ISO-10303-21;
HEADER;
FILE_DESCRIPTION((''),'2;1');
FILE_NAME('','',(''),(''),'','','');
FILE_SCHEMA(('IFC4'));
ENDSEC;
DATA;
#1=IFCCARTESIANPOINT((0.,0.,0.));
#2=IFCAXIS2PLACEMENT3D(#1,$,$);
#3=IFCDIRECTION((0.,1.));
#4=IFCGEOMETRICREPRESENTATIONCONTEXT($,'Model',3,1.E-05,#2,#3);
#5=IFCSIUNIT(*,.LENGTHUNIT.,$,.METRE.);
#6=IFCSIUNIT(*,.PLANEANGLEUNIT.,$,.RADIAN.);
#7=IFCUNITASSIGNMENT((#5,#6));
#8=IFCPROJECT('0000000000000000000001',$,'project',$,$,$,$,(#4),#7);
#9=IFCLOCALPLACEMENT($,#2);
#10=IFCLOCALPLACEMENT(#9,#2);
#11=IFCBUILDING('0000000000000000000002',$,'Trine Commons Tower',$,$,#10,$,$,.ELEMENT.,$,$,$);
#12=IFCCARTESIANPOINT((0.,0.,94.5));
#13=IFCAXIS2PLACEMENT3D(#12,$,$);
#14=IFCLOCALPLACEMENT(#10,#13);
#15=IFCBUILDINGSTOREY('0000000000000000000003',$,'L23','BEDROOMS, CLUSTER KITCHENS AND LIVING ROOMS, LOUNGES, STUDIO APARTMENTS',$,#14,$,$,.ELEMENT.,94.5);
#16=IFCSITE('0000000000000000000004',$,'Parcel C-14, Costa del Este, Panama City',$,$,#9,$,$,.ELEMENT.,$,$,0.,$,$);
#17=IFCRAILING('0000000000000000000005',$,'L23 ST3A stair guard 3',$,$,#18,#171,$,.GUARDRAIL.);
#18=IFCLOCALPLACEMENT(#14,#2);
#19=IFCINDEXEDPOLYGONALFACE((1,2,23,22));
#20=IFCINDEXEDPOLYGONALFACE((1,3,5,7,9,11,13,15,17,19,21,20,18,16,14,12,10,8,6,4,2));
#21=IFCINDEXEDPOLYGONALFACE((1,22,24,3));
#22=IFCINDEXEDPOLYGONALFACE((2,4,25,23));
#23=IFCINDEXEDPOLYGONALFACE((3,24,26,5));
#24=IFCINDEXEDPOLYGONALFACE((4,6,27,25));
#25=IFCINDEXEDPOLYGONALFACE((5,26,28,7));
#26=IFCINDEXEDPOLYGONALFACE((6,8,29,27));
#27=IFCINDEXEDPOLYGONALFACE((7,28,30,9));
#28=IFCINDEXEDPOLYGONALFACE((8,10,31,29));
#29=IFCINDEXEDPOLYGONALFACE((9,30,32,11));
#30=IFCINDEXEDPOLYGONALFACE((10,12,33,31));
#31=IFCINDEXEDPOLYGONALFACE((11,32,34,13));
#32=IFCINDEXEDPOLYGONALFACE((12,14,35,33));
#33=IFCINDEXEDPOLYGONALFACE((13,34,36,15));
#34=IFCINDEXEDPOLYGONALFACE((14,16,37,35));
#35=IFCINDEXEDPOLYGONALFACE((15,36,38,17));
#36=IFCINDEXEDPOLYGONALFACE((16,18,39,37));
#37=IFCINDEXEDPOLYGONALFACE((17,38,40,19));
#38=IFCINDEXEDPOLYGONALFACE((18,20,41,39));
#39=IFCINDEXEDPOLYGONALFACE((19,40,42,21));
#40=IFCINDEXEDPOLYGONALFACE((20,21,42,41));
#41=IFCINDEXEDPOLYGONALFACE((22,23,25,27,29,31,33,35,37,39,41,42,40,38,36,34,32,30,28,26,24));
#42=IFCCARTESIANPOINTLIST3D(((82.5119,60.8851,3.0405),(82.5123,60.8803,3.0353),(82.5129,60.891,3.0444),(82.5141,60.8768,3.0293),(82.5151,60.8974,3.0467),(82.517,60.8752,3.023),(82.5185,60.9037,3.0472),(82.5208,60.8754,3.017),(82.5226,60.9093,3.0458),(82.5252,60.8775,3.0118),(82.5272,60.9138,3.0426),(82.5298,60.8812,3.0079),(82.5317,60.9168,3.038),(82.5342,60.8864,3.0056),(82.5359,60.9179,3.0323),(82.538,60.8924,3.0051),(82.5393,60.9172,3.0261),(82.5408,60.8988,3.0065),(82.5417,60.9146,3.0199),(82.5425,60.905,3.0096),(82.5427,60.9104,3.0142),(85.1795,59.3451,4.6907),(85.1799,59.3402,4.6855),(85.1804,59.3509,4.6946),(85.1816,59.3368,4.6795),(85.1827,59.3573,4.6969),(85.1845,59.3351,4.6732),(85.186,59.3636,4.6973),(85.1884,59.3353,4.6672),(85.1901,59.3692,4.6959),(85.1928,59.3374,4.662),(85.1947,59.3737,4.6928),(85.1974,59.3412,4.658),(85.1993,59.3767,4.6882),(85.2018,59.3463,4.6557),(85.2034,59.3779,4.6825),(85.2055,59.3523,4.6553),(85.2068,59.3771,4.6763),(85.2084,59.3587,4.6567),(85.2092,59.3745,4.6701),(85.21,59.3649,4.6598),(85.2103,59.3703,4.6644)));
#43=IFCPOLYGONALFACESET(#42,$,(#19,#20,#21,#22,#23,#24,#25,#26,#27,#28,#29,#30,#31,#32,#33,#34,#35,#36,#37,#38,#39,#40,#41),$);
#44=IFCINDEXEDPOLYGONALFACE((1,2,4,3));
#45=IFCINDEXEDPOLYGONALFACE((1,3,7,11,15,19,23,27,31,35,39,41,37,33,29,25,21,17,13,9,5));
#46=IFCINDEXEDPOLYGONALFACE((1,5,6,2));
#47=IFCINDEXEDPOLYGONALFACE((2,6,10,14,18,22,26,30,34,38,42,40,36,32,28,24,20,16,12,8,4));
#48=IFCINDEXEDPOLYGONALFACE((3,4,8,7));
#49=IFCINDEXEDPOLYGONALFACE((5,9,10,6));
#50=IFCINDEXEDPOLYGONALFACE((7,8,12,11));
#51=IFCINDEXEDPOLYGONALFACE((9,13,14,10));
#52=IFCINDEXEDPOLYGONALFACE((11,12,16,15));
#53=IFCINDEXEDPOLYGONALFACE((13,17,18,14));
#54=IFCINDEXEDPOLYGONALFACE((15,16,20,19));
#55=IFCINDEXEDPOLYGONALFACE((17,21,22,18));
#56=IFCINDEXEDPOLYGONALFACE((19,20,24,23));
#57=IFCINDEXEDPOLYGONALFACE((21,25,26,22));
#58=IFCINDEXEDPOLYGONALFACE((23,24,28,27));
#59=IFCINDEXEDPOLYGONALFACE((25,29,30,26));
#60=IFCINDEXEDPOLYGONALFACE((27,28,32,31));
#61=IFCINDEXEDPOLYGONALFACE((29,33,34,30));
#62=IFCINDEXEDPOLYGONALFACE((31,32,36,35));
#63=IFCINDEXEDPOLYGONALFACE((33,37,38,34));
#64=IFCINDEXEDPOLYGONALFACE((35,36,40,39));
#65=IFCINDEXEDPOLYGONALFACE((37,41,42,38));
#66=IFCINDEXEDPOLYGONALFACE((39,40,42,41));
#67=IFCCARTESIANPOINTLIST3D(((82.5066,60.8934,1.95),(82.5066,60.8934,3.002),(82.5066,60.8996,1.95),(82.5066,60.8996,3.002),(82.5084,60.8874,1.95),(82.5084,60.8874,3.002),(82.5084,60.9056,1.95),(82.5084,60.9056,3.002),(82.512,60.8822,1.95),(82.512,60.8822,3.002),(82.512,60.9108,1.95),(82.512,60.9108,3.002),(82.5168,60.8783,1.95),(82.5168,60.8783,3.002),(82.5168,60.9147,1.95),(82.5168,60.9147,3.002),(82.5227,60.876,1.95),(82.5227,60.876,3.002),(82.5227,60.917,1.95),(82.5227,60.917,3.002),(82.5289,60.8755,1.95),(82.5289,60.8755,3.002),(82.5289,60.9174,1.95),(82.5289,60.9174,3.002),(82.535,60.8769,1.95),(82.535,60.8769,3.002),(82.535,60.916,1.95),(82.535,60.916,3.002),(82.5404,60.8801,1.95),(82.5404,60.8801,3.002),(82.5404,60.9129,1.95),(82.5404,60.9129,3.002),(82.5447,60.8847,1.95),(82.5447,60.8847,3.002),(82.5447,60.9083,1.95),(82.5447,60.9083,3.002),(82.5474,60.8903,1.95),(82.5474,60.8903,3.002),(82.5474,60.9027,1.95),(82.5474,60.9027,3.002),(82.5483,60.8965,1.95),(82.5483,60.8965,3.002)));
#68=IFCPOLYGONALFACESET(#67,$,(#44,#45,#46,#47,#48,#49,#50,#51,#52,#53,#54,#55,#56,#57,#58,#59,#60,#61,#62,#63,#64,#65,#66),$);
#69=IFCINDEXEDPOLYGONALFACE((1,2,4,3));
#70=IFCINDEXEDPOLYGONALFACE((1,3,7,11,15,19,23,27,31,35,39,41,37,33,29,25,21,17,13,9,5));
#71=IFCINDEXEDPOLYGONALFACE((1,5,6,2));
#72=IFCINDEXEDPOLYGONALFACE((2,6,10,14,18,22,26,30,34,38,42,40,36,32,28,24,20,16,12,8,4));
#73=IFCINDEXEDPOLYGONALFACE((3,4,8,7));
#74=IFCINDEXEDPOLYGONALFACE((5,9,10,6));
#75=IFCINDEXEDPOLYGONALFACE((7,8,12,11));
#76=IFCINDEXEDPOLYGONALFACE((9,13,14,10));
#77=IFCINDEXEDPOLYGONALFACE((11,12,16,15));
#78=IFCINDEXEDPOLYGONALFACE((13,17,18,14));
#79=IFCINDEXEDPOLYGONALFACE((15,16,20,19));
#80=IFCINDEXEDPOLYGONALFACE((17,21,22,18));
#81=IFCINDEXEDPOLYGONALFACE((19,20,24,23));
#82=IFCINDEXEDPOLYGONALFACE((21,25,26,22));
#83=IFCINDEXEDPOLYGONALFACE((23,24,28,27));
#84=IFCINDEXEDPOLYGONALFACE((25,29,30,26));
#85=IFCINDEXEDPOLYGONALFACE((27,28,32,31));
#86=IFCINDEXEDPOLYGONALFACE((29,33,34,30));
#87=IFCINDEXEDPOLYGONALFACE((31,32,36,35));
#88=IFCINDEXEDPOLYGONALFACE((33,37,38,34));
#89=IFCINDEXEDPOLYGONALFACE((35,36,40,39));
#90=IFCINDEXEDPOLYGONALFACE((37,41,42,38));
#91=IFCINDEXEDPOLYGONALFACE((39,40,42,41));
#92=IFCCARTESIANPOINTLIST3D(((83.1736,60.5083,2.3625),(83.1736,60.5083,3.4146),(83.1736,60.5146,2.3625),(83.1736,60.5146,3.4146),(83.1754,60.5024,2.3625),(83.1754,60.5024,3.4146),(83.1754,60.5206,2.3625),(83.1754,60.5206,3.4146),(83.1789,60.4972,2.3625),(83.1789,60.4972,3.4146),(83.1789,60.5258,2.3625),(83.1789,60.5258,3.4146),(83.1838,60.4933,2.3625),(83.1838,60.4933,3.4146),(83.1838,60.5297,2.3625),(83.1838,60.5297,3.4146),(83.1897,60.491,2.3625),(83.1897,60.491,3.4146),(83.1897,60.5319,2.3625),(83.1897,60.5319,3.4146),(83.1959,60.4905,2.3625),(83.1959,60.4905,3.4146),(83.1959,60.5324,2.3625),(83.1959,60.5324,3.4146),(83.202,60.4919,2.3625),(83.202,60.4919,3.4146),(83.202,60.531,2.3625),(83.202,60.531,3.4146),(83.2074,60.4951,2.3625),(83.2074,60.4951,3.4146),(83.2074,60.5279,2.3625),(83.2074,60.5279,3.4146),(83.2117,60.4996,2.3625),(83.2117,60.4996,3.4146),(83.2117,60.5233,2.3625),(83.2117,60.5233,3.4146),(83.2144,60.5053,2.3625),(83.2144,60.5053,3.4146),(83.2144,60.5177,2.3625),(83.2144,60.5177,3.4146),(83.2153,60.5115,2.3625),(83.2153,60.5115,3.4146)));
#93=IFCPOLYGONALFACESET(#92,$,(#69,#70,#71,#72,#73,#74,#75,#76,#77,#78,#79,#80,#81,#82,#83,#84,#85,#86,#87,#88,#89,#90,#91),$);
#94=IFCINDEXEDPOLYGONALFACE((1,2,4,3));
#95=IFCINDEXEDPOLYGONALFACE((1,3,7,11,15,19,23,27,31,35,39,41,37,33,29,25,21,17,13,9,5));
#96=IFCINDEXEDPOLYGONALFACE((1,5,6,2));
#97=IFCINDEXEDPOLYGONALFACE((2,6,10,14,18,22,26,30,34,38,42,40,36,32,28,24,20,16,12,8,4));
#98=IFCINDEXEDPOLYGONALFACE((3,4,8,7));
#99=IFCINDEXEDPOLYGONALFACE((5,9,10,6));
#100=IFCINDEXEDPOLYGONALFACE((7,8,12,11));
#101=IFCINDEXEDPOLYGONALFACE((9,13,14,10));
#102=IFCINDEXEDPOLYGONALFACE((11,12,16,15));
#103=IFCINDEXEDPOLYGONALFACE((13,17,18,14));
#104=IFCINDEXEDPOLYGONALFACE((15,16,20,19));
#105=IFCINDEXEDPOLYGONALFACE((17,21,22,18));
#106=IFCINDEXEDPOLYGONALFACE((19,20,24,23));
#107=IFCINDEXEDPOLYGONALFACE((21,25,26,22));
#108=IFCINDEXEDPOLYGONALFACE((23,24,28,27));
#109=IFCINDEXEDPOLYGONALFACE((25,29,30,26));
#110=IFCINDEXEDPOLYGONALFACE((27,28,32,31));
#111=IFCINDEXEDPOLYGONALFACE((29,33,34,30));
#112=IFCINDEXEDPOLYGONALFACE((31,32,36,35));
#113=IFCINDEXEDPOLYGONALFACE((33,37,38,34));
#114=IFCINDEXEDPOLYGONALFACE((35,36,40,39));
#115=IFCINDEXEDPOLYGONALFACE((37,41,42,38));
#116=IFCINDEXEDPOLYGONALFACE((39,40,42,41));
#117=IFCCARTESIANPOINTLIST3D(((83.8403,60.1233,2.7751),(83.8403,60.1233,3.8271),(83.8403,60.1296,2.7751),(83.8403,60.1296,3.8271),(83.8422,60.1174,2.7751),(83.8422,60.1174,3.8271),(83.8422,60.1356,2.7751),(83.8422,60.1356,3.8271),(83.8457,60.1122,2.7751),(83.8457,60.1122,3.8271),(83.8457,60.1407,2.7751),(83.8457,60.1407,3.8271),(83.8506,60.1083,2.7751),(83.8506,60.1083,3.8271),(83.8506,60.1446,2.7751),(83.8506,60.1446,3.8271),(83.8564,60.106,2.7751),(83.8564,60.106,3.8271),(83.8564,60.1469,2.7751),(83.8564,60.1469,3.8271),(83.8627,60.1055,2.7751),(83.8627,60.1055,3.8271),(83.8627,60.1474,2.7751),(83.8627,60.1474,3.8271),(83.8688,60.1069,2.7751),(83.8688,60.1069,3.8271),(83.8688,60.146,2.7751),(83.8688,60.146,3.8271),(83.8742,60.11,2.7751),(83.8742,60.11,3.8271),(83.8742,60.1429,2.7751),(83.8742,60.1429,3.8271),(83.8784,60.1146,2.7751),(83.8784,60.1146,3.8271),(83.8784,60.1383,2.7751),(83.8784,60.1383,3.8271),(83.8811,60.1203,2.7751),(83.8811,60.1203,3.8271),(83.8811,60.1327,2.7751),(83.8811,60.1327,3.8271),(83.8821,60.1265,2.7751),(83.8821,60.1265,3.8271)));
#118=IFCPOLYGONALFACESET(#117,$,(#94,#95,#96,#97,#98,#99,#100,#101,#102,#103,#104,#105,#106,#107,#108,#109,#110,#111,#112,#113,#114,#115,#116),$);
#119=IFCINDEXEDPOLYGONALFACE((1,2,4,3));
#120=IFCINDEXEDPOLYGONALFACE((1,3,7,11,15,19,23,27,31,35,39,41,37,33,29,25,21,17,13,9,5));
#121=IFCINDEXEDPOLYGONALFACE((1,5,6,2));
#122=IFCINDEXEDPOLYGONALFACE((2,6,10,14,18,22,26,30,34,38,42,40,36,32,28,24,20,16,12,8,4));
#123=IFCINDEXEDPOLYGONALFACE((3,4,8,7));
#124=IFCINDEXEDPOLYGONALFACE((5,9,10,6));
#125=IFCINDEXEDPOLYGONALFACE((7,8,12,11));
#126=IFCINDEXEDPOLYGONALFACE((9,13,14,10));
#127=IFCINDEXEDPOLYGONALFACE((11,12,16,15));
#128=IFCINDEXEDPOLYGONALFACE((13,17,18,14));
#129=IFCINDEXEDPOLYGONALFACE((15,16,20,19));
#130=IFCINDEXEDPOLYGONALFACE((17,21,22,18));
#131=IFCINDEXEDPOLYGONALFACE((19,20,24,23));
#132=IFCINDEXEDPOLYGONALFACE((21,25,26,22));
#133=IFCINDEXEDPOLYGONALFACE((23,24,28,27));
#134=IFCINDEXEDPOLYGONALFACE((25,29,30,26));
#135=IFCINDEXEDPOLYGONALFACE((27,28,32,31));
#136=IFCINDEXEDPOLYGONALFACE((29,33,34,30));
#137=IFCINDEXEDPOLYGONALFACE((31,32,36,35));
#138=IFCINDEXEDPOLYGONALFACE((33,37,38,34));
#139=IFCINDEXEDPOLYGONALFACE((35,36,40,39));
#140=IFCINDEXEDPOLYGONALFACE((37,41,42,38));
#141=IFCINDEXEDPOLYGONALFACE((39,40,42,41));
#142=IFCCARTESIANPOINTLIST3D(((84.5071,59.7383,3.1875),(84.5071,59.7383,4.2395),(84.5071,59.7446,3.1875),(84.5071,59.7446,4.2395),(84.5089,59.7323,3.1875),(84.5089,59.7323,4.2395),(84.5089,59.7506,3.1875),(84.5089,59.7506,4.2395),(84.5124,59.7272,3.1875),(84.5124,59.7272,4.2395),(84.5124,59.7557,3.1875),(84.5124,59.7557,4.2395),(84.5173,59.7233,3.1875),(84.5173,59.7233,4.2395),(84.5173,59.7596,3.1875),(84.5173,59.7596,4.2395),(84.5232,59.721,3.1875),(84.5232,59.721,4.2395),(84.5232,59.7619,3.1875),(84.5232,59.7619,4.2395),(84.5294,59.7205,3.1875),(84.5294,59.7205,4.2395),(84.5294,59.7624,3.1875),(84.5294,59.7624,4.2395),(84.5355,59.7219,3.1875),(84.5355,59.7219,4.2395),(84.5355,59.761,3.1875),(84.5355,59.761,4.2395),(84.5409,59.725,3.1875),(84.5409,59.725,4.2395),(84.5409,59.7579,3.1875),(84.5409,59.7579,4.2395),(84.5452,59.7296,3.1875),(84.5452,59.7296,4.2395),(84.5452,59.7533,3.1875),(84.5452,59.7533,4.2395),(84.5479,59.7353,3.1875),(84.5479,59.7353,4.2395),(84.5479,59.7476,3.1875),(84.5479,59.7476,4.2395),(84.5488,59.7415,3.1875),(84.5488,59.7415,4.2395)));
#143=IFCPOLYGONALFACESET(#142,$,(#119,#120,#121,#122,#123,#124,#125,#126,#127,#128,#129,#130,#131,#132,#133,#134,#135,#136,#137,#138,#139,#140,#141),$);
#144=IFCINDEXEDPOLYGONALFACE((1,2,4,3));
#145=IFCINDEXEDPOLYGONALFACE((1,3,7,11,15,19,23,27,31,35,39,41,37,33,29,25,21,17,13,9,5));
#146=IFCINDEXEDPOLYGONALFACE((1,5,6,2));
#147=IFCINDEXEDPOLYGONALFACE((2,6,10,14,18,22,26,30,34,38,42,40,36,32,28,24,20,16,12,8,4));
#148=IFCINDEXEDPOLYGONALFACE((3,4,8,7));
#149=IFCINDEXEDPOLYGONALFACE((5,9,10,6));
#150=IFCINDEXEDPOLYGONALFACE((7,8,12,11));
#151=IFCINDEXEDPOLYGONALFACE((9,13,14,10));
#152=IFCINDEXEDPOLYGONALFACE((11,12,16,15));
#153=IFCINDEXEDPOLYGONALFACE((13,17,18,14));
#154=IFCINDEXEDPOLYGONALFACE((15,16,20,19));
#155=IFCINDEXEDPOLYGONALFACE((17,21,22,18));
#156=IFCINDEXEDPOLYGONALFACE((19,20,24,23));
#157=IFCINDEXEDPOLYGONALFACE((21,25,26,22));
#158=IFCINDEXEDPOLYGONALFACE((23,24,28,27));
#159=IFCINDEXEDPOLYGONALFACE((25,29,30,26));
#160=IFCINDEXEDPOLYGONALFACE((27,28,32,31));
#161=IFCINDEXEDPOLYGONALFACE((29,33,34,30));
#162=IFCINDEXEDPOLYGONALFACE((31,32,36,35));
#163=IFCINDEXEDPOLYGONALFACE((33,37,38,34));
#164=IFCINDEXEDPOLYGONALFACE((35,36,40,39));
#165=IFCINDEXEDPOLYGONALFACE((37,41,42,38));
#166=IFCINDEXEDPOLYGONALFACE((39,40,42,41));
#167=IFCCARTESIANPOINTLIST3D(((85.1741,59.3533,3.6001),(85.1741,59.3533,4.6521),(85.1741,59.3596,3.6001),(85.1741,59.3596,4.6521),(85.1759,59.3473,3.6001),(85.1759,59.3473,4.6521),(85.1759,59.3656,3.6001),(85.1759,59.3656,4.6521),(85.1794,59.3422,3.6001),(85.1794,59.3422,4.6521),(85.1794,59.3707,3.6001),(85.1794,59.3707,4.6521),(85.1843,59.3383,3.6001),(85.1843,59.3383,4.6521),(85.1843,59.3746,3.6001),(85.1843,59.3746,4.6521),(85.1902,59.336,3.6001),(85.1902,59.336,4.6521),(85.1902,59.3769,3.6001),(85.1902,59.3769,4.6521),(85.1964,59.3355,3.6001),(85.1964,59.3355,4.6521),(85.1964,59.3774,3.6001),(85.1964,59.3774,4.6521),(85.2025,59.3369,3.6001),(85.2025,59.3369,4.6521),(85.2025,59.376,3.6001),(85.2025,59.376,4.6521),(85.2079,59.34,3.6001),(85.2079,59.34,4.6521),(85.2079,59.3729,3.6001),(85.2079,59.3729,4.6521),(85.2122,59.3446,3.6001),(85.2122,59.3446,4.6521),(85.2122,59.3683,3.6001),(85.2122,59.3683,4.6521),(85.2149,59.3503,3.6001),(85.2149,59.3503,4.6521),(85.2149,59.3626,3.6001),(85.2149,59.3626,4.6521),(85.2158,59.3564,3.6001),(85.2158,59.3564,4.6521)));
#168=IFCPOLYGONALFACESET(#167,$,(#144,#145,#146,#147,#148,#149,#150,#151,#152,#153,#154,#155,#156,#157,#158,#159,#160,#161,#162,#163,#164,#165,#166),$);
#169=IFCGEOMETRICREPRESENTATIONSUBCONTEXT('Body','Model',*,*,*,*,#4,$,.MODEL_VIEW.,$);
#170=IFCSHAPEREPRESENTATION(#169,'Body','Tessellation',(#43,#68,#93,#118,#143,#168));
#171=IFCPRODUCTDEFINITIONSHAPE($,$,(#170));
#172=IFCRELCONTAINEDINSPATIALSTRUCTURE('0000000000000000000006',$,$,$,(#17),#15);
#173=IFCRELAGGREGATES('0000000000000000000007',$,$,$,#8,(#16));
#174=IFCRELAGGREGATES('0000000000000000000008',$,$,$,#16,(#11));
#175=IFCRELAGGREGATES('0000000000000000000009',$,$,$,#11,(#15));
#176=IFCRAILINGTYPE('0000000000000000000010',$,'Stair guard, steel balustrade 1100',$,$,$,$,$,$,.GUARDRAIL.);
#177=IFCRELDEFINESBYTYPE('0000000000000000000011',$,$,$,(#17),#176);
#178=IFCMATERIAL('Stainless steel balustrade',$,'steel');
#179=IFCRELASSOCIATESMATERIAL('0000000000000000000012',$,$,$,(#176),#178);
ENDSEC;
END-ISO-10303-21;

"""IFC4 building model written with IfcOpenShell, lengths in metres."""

from ifc_helpers import new_model, si_unit, direction, frame, origin, origin_2d, place, context, subcontext, project, spatial, circle, extrude, material, type_object, element, save


model = new_model("IFC4")

# Units and contexts
model_context = context("Model", 3, precision=1e-05, world=origin(), true_north=direction((0.0, 1.0)))
body_context = subcontext(model_context, "Body", "Model", "MODEL_VIEW")
ifc_project = project(units=[si_unit("LENGTHUNIT", "METRE"), si_unit("PLANEANGLEUNIT", "RADIAN")], contexts=[model_context])

# Site, building, storey
site_placement = place(None, origin())
site = spatial("IfcSite", under=ifc_project, at=site_placement, Name="Parcel C-14, Costa del Este, Panama City", CompositionType="ELEMENT", RefElevation=0.0)
building_placement = place(site_placement, origin())
building = spatial("IfcBuilding", under=site, at=building_placement, Name="Trine Commons Tower", CompositionType="ELEMENT")
storey_placement = place(building_placement, frame((0.0, 0.0, 94.5)))
storey = spatial("IfcBuildingStorey", under=building, at=storey_placement, Name="L23", Description="BEDROOMS, CLUSTER KITCHENS AND LIVING ROOMS, LOUNGES, STUDIO APARTMENTS", CompositionType="ELEMENT", Elevation=94.5)

# Railing
ifc_material_1 = material(Name="Stainless steel balustrade", Category="steel")
railing_type_1 = type_object("IfcRailingType", Name="Stair guard, steel balustrade 1100", PredefinedType="GUARDRAIL", material=ifc_material_1)
railing_1_placement = place(storey_placement, frame((82.5273, 60.8965, 1.95)))
element("IfcRailing", 1, at=railing_1_placement, inside=storey, type_object=railing_type_1, Name="L23 ST3A stair guard 3", PredefinedType="GUARDRAIL", context=body_context, shape_type="SweptSolid", body=[
    extrude(circle(Radius=0.0239, at=origin_2d()), frame((0.0, 0.0, 1.0762), z_axis=(0.76338, -0.440728, 0.472239), x_axis=(0.499992, 0.86603, 0.0)), (0.0, 0.0, 1.0), 3.4944),
    extrude(circle(Radius=0.021, at=origin_2d()), origin(), (0.0, 0.0, 1.0), 1.052),
    extrude(circle(Radius=0.021, at=origin_2d()), frame((0.667, -0.385, 0.4126)), (0.0, 0.0, 1.0), 1.052),
    extrude(circle(Radius=0.021, at=origin_2d()), frame((1.3337, -0.77, 0.8252)), (0.0, 0.0, 1.0), 1.052),
    extrude(circle(Radius=0.021, at=origin_2d()), frame((2.0005, -1.155, 1.2375)), (0.0, 0.0, 1.0), 1.052),
    extrude(circle(Radius=0.021, at=origin_2d()), frame((2.6675, -1.54, 1.6501)), (0.0, 0.0, 1.0), 1.052),
])

save(model, "model.ifc")
